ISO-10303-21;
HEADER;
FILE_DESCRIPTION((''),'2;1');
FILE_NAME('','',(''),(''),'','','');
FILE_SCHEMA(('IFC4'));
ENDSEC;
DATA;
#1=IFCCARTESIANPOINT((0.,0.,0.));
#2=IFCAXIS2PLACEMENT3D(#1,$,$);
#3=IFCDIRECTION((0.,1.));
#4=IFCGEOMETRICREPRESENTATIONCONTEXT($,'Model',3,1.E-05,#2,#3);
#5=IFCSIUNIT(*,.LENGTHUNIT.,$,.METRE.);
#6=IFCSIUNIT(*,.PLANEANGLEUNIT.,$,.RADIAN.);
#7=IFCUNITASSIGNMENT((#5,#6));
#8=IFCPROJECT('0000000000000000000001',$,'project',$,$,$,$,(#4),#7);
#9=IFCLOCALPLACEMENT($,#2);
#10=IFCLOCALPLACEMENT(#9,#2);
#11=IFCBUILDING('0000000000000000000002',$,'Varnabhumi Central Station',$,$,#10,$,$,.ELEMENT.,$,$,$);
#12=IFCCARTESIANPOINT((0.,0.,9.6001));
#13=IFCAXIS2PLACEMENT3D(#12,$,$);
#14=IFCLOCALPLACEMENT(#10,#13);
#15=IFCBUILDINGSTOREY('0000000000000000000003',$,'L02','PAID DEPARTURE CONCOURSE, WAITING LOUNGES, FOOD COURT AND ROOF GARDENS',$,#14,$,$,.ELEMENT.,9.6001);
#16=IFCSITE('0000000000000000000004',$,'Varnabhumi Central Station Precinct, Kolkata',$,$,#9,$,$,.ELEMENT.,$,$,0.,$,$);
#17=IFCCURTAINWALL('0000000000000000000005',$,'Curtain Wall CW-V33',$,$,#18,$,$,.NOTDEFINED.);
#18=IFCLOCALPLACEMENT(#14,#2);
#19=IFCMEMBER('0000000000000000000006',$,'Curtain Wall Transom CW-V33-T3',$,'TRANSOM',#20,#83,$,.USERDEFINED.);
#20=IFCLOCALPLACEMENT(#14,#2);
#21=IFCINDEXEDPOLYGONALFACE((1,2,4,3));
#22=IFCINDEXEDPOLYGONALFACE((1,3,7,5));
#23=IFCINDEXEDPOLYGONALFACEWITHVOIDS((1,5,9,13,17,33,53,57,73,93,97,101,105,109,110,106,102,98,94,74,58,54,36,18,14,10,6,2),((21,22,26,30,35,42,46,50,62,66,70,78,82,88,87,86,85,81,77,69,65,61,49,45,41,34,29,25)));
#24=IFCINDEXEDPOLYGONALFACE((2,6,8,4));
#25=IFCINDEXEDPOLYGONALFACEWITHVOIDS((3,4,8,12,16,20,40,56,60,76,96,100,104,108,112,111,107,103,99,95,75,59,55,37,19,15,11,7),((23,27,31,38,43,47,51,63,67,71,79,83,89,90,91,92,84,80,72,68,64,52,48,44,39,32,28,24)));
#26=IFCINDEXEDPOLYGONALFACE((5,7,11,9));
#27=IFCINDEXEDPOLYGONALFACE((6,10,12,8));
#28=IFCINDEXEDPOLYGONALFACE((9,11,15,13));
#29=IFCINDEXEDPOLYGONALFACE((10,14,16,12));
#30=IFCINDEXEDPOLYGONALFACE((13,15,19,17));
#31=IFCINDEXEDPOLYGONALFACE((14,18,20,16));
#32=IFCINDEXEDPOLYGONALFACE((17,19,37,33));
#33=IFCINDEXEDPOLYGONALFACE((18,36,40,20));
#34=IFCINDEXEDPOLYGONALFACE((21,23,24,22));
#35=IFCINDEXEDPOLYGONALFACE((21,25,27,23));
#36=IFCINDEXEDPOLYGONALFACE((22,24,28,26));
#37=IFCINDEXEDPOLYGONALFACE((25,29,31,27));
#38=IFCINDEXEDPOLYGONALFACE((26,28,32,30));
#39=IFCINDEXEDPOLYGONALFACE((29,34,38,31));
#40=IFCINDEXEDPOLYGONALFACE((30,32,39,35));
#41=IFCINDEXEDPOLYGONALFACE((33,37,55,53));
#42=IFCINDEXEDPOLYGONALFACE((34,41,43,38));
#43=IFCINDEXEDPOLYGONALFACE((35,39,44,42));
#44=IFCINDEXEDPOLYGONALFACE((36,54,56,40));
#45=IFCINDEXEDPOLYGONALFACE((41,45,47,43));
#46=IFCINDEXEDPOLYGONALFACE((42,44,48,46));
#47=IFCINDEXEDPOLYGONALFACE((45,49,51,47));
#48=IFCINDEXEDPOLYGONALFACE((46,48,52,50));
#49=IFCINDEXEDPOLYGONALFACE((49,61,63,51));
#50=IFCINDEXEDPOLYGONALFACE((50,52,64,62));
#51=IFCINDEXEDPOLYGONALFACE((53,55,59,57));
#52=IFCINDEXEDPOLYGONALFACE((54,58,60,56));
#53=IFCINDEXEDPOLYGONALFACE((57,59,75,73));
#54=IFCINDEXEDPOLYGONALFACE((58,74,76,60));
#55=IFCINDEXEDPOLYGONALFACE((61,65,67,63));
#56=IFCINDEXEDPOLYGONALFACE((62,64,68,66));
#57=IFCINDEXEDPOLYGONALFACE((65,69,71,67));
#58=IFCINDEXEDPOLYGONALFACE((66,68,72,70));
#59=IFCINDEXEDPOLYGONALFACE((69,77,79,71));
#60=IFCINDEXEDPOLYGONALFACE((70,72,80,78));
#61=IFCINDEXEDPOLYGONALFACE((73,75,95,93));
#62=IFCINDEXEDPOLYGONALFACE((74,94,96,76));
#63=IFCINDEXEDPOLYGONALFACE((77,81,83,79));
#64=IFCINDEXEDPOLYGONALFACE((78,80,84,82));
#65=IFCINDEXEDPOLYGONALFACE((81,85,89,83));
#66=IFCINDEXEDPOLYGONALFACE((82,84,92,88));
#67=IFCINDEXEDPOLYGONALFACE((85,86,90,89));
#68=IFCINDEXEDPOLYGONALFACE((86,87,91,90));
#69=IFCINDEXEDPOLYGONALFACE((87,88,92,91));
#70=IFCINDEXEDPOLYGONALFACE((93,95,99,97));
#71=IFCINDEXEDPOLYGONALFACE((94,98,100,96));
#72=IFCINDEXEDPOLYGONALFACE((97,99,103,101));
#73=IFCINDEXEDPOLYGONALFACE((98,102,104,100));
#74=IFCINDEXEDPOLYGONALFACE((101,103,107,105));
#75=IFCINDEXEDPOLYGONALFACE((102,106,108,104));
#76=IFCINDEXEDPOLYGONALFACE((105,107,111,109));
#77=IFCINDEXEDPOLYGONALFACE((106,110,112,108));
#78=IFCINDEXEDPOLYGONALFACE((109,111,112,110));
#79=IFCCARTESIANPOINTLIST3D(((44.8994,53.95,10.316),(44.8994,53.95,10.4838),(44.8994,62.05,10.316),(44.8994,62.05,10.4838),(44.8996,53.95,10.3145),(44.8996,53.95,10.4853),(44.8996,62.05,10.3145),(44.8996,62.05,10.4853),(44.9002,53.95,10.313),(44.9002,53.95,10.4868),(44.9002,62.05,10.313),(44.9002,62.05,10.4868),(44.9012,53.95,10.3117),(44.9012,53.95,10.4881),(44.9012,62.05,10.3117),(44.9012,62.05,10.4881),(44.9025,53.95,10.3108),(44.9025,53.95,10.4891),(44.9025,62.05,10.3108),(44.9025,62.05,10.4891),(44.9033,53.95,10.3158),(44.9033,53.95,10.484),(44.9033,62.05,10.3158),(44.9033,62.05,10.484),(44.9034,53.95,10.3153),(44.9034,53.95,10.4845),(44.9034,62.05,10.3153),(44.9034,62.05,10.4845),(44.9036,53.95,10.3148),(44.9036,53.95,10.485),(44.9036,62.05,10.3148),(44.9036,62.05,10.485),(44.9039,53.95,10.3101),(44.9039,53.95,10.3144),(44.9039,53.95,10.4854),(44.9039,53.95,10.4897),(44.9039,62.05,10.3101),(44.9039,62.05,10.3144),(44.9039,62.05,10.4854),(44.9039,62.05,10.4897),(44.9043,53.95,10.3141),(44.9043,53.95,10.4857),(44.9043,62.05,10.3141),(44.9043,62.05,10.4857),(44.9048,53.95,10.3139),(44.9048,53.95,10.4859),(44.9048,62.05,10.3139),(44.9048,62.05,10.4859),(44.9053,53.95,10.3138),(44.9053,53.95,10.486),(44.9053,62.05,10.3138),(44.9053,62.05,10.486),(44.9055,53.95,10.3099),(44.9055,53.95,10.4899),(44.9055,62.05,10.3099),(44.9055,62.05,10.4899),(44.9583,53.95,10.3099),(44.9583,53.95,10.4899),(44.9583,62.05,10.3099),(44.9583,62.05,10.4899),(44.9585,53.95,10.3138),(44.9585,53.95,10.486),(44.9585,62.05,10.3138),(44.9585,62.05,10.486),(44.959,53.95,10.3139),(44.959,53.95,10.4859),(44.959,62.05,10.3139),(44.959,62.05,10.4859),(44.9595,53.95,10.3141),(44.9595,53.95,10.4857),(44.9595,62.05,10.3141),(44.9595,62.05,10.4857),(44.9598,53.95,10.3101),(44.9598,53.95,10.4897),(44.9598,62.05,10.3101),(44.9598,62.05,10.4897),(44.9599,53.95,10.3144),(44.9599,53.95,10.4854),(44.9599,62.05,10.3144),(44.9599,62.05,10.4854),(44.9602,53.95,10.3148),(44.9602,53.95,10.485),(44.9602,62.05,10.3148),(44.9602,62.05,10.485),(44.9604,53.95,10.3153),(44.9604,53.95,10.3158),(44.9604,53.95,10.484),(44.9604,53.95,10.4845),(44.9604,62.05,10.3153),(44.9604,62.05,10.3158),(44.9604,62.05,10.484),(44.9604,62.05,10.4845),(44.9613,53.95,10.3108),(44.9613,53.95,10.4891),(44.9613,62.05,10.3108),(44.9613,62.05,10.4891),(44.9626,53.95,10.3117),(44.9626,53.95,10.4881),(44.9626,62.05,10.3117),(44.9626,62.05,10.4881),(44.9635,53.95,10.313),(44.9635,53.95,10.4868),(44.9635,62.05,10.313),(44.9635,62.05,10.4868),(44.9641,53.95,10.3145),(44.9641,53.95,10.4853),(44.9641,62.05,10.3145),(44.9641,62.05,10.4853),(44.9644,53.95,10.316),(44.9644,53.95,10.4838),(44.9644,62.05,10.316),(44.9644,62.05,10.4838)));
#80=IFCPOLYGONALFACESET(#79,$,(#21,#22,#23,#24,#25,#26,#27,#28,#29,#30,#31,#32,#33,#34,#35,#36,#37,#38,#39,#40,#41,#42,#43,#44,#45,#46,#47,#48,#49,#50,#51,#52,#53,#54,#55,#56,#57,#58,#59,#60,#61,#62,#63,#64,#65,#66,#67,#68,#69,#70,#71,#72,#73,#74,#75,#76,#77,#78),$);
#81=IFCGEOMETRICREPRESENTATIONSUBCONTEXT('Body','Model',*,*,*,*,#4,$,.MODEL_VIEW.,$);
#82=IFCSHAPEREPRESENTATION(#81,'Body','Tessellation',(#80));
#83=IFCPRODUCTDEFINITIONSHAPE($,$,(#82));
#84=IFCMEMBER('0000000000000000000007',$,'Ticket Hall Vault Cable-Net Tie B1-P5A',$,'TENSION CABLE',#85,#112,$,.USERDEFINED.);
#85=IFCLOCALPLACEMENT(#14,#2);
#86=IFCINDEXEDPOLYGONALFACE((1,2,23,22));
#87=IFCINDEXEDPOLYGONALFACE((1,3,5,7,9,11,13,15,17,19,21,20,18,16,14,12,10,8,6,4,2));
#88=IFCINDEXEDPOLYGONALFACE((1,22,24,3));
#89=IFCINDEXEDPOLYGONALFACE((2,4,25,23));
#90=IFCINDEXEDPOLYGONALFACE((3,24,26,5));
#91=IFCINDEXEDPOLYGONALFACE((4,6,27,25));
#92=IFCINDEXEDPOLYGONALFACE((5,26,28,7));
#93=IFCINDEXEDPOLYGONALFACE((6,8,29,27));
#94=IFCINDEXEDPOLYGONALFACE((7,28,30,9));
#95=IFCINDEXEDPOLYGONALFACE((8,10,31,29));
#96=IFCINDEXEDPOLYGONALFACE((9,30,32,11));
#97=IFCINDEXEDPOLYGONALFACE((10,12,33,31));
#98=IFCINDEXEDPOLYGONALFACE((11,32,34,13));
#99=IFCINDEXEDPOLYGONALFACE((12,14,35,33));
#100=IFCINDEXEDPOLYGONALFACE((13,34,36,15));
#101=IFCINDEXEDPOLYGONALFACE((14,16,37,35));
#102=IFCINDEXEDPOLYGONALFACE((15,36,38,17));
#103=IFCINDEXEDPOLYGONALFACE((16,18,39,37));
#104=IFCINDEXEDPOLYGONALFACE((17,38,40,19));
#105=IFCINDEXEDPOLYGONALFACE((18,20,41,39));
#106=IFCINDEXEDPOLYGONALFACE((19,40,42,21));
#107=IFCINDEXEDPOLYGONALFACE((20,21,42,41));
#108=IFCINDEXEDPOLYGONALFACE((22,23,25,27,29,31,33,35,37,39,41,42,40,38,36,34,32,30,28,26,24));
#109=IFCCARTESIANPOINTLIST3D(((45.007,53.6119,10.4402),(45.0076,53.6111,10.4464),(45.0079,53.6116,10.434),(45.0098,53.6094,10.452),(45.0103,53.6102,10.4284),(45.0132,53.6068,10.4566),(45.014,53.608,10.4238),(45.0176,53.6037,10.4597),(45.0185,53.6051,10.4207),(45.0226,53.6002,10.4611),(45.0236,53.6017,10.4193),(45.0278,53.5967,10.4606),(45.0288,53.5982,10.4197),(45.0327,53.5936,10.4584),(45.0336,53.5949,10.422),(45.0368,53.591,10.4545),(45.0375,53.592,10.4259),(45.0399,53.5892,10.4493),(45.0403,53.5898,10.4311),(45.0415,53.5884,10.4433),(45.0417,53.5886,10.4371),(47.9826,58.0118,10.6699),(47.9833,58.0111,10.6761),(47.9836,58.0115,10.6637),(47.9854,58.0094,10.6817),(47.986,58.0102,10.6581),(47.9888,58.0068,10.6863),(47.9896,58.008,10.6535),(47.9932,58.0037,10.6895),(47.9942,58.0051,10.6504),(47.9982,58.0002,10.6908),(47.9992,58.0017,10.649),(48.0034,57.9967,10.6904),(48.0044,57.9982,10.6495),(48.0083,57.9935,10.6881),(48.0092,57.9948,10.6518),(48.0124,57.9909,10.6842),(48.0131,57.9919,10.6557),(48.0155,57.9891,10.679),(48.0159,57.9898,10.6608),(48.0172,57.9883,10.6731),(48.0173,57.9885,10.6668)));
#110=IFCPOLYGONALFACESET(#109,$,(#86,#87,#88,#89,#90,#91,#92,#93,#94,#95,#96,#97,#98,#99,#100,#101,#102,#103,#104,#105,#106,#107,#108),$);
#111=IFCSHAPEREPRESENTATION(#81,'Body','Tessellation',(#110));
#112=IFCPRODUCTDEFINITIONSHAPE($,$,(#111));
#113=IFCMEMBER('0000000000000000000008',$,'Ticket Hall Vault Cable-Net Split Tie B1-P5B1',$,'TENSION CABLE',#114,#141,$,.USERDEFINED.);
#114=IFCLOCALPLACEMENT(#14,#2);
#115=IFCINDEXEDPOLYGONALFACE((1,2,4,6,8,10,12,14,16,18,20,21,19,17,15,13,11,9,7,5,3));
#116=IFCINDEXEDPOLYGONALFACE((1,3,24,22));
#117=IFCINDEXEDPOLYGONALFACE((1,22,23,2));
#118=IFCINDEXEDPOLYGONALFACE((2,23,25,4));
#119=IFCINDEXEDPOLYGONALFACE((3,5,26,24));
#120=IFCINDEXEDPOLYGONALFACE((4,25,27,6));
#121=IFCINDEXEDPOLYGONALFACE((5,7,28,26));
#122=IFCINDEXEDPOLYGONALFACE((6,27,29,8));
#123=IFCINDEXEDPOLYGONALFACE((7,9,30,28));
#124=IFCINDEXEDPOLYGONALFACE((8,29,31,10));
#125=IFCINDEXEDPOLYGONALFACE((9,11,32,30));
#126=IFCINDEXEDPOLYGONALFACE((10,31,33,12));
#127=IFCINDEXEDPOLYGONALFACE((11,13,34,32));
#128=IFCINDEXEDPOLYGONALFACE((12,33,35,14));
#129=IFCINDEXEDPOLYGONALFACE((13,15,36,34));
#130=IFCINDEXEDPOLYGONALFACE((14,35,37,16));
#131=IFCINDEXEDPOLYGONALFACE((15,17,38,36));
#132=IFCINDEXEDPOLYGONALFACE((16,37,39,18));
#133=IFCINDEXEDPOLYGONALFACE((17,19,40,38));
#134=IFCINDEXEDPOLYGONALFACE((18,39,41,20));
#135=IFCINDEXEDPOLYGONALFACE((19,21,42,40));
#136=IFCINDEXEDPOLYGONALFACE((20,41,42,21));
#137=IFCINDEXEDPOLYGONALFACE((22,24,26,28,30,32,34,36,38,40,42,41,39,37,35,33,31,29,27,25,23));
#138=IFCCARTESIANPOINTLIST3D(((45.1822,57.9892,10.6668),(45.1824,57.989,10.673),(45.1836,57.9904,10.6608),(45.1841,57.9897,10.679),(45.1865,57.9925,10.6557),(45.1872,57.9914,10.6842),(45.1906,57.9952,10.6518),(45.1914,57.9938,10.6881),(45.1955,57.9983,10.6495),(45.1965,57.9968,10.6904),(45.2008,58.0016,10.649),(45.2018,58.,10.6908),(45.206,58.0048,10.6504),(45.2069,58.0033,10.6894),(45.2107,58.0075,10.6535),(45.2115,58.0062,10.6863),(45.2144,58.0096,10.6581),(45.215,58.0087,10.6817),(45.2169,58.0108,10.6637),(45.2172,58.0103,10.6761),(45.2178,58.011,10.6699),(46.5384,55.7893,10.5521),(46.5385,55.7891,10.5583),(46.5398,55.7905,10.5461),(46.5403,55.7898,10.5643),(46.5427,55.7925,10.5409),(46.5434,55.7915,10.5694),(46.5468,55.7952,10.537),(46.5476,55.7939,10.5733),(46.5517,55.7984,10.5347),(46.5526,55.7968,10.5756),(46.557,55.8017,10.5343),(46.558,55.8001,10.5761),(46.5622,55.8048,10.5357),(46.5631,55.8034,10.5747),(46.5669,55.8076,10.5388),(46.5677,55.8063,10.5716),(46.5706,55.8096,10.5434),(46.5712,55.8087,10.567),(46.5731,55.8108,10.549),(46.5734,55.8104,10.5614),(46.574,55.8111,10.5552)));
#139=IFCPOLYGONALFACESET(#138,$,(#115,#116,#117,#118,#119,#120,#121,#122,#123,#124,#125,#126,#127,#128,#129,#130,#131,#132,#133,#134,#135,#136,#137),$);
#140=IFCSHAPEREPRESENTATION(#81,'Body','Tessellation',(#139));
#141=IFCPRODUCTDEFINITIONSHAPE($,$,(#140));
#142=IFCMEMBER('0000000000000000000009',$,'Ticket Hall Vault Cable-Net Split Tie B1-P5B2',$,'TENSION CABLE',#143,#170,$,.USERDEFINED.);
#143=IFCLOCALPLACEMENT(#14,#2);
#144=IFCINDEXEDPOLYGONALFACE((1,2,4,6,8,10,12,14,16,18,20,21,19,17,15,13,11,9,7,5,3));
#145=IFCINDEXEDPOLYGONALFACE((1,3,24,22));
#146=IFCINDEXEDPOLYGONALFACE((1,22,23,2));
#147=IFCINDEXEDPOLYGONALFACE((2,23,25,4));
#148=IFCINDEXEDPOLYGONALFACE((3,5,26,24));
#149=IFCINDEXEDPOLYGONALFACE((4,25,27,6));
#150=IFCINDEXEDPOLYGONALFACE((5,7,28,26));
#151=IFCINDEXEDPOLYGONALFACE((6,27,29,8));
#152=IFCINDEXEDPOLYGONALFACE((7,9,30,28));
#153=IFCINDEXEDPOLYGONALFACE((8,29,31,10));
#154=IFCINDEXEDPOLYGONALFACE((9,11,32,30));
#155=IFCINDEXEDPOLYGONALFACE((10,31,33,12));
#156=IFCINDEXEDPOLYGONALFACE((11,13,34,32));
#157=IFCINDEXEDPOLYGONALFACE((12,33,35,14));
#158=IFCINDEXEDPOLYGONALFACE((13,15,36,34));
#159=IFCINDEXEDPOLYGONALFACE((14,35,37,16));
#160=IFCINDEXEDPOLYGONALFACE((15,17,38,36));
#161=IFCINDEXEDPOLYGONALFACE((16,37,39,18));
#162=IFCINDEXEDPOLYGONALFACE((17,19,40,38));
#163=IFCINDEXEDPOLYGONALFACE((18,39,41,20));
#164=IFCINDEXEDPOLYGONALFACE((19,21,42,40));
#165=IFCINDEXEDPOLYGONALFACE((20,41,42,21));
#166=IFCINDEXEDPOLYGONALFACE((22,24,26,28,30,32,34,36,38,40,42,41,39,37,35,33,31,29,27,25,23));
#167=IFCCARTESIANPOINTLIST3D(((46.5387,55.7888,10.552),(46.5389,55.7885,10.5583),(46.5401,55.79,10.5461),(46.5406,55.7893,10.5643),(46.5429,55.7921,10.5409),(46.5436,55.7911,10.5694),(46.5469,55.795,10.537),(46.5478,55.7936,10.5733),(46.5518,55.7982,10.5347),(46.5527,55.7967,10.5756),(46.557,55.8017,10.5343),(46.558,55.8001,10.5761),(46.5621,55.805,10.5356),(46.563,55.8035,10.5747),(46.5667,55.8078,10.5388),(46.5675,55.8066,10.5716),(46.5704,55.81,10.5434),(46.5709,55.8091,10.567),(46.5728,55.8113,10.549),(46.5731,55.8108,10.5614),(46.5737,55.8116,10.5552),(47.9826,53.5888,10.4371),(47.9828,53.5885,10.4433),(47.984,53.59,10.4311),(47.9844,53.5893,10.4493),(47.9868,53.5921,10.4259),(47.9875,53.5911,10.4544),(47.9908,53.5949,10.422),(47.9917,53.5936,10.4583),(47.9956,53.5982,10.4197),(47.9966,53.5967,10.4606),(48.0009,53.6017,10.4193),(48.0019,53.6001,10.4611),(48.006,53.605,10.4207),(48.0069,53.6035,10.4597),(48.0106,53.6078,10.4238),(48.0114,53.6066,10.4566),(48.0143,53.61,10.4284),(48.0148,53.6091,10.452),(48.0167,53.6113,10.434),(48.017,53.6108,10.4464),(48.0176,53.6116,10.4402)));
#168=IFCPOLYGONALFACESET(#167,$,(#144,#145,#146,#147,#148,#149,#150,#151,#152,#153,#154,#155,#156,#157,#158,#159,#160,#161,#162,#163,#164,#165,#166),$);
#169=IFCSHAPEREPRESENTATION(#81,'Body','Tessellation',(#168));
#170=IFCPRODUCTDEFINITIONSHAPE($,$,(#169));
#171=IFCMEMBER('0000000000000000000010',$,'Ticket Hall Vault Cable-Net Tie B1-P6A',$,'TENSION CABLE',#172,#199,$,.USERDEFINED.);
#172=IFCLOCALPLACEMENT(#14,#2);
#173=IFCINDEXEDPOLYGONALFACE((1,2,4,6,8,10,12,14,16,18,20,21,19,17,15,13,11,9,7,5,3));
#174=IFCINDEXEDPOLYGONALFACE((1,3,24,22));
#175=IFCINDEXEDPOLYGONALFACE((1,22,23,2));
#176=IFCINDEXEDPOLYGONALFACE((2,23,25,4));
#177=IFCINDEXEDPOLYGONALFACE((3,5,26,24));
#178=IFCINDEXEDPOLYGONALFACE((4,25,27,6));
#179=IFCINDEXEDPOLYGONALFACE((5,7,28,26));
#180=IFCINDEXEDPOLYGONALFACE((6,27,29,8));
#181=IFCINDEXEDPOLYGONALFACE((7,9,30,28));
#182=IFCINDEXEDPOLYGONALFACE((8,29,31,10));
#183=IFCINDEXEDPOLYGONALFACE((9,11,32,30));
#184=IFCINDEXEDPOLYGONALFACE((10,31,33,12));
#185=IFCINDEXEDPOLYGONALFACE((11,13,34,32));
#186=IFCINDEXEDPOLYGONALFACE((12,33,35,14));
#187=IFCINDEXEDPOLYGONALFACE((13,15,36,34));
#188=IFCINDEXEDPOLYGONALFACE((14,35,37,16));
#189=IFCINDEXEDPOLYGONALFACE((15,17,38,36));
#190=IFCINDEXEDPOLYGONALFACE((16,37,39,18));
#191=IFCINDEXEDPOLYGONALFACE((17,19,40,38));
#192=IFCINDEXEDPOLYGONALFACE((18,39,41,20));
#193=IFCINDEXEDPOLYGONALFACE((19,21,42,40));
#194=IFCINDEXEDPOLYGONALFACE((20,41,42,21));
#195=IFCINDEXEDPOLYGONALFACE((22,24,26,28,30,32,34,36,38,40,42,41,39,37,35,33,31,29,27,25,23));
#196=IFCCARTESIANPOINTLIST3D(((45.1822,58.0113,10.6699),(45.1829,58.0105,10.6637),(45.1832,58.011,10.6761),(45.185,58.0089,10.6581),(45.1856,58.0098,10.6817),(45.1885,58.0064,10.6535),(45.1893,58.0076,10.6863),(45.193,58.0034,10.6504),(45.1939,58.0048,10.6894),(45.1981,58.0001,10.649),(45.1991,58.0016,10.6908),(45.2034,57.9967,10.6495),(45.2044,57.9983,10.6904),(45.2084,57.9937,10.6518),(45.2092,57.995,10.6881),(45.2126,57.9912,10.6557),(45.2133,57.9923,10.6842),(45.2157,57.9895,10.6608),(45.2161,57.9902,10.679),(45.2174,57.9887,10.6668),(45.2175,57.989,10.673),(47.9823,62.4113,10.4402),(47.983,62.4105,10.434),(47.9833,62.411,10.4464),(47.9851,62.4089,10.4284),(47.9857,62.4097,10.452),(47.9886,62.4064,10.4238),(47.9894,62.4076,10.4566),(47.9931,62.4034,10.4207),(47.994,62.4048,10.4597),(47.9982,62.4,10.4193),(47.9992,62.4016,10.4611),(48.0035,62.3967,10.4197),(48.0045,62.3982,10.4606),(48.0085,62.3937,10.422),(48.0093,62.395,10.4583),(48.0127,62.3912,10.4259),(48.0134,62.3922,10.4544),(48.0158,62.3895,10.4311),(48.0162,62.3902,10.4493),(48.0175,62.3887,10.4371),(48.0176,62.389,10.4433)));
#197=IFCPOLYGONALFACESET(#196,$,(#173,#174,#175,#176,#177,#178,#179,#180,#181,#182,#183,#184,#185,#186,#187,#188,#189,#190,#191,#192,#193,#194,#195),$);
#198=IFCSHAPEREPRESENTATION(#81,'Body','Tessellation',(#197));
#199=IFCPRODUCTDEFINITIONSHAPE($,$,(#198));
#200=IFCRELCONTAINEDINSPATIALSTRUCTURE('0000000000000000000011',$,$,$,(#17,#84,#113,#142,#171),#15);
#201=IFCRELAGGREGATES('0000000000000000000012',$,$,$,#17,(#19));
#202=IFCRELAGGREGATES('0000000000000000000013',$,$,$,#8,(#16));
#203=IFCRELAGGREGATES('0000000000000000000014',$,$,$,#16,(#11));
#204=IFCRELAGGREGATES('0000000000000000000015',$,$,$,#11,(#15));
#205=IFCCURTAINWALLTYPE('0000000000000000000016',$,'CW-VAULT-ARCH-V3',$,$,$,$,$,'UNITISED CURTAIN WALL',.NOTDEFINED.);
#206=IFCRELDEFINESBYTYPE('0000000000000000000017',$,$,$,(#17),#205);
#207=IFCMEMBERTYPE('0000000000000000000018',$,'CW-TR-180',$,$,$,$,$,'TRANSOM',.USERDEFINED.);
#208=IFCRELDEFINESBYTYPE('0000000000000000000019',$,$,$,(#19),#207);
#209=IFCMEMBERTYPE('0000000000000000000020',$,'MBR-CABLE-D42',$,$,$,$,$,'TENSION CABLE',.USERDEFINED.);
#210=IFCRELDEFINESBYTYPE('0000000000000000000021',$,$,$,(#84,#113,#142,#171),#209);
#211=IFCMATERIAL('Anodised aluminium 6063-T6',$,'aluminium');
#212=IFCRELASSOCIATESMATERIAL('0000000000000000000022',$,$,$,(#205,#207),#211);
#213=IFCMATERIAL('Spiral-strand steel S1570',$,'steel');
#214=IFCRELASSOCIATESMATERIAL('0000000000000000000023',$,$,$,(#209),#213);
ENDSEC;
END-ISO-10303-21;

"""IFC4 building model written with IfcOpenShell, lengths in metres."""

from ifc_helpers import new_model, si_unit, direction, frame, origin, origin_2d, place, context, subcontext, project, spatial, hollow_rectangle, circle, extrude, material, material_profile, profile_set, type_object, element, aggregate, save


model = new_model("IFC4")

# Units and contexts
model_context = context("Model", 3, precision=1e-05, world=origin(), true_north=direction((0.0, 1.0)))
body_context = subcontext(model_context, "Body", "Model", "MODEL_VIEW")
ifc_project = project(units=[si_unit("LENGTHUNIT", "METRE"), si_unit("PLANEANGLEUNIT", "RADIAN")], contexts=[model_context])

# Site, building, storey
site_placement = place(None, origin())
site = spatial("IfcSite", under=ifc_project, at=site_placement, Name="Varnabhumi Central Station Precinct, Kolkata", CompositionType="ELEMENT", RefElevation=0.0)
building_placement = place(site_placement, origin())
building = spatial("IfcBuilding", under=site, at=building_placement, Name="Varnabhumi Central Station", CompositionType="ELEMENT")
storey_placement = place(building_placement, frame((0.0, 0.0, 9.6001)))
storey = spatial("IfcBuildingStorey", under=building, at=storey_placement, Name="L02", Description="PAID DEPARTURE CONCOURSE, WAITING LOUNGES, FOOD COURT AND ROOF GARDENS", CompositionType="ELEMENT", Elevation=9.6001)

# Curtain wall, member
ifc_material_1 = material(Name="Anodised aluminium 6063-T6", Category="aluminium")
curtain_wall_type = type_object("IfcCurtainWallType", Name="CW-VAULT-ARCH-V3", ElementType="UNITISED CURTAIN WALL", PredefinedType="NOTDEFINED", material=ifc_material_1)
curtain_wall_placement = place(storey_placement, origin())
curtain_wall = element("IfcCurtainWall", 1, at=curtain_wall_placement, inside=storey, type_object=curtain_wall_type, Name="Curtain Wall CW-V33", PredefinedType="NOTDEFINED")
ifc_material_profile_1 = material_profile(ifc_material_1, hollow_rectangle(XDim=0.0649, YDim=0.1799, WallThickness=0.0039, InnerFilletRadius=0.002, OuterFilletRadius=0.0061, at=origin_2d()), Name="Anodised aluminium 6063-T6", Category="aluminium")
ifc_profile_set_1 = profile_set([ifc_material_profile_1], Name="Anodised aluminium 6063-T6")
member_type_1 = type_object("IfcMemberType", Name="CW-TR-180", ElementType="TRANSOM", PredefinedType="USERDEFINED", material=ifc_profile_set_1)
member_1_placement = place(storey_placement, frame((44.9319, 53.95, 10.3999), z_axis=(0.0, 1.0, 0.0), x_axis=(-1.0, 0.0, 0.0)))
member_1 = element("IfcMember", 2, at=member_1_placement, type_object=member_type_1, Name="Curtain Wall Transom CW-V33-T3", ObjectType="TRANSOM", PredefinedType="USERDEFINED", context=body_context, shape_type="SweptSolid", body=[
    extrude(hollow_rectangle(XDim=0.0649, YDim=0.1799, WallThickness=0.0039, InnerFilletRadius=0.002, OuterFilletRadius=0.0061, at=origin_2d()), origin(), (0.0, 0.0, 1.0), 8.1001),
])
aggregate(curtain_wall, [member_1])

# Members
ifc_material_2 = material(Name="Spiral-strand steel S1570", Category="steel")
ifc_material_profile_2 = material_profile(ifc_material_2, circle(Radius=0.021, at=origin_2d()), Name="Spiral-strand steel S1570", Category="steel")
ifc_profile_set_2 = profile_set([ifc_material_profile_2], Name="Spiral-strand steel S1570")
member_type_2 = type_object("IfcMemberType", Name="MBR-CABLE-D42", ElementType="TENSION CABLE", PredefinedType="USERDEFINED", material=ifc_profile_set_2)
member_2_placement = place(storey_placement, frame((45.0244, 53.6001, 10.4402), z_axis=(0.55968, 0.827581, 0.043211), x_axis=(-0.828355, 0.560204, 0.0)))
element("IfcMember", 3, at=member_2_placement, inside=storey, type_object=member_type_2, Name="Ticket Hall Vault Cable-Net Tie B1-P5A", ObjectType="TENSION CABLE", PredefinedType="USERDEFINED", context=body_context, shape_type="SweptSolid", body=[
    extrude(circle(Radius=0.021, at=origin_2d()), origin(), (0.0, 0.0, 1.0), 5.3167),
])
member_3_placement = place(storey_placement, frame((45.2, 58.0, 10.6699), z_axis=(0.52425, -0.850408, -0.044356), x_axis=(0.851246, 0.524767, 0.0)))
element("IfcMember", 4, at=member_3_placement, inside=storey, type_object=member_type_2, Name="Ticket Hall Vault Cable-Net Split Tie B1-P5B1", ObjectType="TENSION CABLE", PredefinedType="USERDEFINED", context=body_context, shape_type="SweptSolid", body=[
    extrude(circle(Radius=0.021, at=origin_2d()), origin(), (0.0, 0.0, 1.0), 2.5869),
])
member_4_placement = place(storey_placement, frame((46.5562, 55.8, 10.5552), z_axis=(0.548168, -0.835228, -0.043657), x_axis=(0.836025, 0.548691, 0.0)))
element("IfcMember", 5, at=member_4_placement, inside=storey, type_object=member_type_2, Name="Ticket Hall Vault Cable-Net Split Tie B1-P5B2", ObjectType="TENSION CABLE", PredefinedType="USERDEFINED", context=body_context, shape_type="SweptSolid", body=[
    extrude(circle(Radius=0.021, at=origin_2d()), origin(), (0.0, 0.0, 1.0), 2.634),
])
member_5_placement = place(storey_placement, frame((45.2, 58.0, 10.6699), z_axis=(0.53637, 0.842835, -0.044008), x_axis=(-0.843652, 0.536891, 0.0)))
element("IfcMember", 6, at=member_5_placement, inside=storey, type_object=member_type_2, Name="Ticket Hall Vault Cable-Net Tie B1-P6A", ObjectType="TENSION CABLE", PredefinedType="USERDEFINED", context=body_context, shape_type="SweptSolid", body=[
    extrude(circle(Radius=0.021, at=origin_2d()), origin(), (0.0, 0.0, 1.0), 5.2205),
])

save(model, "model.ifc")
